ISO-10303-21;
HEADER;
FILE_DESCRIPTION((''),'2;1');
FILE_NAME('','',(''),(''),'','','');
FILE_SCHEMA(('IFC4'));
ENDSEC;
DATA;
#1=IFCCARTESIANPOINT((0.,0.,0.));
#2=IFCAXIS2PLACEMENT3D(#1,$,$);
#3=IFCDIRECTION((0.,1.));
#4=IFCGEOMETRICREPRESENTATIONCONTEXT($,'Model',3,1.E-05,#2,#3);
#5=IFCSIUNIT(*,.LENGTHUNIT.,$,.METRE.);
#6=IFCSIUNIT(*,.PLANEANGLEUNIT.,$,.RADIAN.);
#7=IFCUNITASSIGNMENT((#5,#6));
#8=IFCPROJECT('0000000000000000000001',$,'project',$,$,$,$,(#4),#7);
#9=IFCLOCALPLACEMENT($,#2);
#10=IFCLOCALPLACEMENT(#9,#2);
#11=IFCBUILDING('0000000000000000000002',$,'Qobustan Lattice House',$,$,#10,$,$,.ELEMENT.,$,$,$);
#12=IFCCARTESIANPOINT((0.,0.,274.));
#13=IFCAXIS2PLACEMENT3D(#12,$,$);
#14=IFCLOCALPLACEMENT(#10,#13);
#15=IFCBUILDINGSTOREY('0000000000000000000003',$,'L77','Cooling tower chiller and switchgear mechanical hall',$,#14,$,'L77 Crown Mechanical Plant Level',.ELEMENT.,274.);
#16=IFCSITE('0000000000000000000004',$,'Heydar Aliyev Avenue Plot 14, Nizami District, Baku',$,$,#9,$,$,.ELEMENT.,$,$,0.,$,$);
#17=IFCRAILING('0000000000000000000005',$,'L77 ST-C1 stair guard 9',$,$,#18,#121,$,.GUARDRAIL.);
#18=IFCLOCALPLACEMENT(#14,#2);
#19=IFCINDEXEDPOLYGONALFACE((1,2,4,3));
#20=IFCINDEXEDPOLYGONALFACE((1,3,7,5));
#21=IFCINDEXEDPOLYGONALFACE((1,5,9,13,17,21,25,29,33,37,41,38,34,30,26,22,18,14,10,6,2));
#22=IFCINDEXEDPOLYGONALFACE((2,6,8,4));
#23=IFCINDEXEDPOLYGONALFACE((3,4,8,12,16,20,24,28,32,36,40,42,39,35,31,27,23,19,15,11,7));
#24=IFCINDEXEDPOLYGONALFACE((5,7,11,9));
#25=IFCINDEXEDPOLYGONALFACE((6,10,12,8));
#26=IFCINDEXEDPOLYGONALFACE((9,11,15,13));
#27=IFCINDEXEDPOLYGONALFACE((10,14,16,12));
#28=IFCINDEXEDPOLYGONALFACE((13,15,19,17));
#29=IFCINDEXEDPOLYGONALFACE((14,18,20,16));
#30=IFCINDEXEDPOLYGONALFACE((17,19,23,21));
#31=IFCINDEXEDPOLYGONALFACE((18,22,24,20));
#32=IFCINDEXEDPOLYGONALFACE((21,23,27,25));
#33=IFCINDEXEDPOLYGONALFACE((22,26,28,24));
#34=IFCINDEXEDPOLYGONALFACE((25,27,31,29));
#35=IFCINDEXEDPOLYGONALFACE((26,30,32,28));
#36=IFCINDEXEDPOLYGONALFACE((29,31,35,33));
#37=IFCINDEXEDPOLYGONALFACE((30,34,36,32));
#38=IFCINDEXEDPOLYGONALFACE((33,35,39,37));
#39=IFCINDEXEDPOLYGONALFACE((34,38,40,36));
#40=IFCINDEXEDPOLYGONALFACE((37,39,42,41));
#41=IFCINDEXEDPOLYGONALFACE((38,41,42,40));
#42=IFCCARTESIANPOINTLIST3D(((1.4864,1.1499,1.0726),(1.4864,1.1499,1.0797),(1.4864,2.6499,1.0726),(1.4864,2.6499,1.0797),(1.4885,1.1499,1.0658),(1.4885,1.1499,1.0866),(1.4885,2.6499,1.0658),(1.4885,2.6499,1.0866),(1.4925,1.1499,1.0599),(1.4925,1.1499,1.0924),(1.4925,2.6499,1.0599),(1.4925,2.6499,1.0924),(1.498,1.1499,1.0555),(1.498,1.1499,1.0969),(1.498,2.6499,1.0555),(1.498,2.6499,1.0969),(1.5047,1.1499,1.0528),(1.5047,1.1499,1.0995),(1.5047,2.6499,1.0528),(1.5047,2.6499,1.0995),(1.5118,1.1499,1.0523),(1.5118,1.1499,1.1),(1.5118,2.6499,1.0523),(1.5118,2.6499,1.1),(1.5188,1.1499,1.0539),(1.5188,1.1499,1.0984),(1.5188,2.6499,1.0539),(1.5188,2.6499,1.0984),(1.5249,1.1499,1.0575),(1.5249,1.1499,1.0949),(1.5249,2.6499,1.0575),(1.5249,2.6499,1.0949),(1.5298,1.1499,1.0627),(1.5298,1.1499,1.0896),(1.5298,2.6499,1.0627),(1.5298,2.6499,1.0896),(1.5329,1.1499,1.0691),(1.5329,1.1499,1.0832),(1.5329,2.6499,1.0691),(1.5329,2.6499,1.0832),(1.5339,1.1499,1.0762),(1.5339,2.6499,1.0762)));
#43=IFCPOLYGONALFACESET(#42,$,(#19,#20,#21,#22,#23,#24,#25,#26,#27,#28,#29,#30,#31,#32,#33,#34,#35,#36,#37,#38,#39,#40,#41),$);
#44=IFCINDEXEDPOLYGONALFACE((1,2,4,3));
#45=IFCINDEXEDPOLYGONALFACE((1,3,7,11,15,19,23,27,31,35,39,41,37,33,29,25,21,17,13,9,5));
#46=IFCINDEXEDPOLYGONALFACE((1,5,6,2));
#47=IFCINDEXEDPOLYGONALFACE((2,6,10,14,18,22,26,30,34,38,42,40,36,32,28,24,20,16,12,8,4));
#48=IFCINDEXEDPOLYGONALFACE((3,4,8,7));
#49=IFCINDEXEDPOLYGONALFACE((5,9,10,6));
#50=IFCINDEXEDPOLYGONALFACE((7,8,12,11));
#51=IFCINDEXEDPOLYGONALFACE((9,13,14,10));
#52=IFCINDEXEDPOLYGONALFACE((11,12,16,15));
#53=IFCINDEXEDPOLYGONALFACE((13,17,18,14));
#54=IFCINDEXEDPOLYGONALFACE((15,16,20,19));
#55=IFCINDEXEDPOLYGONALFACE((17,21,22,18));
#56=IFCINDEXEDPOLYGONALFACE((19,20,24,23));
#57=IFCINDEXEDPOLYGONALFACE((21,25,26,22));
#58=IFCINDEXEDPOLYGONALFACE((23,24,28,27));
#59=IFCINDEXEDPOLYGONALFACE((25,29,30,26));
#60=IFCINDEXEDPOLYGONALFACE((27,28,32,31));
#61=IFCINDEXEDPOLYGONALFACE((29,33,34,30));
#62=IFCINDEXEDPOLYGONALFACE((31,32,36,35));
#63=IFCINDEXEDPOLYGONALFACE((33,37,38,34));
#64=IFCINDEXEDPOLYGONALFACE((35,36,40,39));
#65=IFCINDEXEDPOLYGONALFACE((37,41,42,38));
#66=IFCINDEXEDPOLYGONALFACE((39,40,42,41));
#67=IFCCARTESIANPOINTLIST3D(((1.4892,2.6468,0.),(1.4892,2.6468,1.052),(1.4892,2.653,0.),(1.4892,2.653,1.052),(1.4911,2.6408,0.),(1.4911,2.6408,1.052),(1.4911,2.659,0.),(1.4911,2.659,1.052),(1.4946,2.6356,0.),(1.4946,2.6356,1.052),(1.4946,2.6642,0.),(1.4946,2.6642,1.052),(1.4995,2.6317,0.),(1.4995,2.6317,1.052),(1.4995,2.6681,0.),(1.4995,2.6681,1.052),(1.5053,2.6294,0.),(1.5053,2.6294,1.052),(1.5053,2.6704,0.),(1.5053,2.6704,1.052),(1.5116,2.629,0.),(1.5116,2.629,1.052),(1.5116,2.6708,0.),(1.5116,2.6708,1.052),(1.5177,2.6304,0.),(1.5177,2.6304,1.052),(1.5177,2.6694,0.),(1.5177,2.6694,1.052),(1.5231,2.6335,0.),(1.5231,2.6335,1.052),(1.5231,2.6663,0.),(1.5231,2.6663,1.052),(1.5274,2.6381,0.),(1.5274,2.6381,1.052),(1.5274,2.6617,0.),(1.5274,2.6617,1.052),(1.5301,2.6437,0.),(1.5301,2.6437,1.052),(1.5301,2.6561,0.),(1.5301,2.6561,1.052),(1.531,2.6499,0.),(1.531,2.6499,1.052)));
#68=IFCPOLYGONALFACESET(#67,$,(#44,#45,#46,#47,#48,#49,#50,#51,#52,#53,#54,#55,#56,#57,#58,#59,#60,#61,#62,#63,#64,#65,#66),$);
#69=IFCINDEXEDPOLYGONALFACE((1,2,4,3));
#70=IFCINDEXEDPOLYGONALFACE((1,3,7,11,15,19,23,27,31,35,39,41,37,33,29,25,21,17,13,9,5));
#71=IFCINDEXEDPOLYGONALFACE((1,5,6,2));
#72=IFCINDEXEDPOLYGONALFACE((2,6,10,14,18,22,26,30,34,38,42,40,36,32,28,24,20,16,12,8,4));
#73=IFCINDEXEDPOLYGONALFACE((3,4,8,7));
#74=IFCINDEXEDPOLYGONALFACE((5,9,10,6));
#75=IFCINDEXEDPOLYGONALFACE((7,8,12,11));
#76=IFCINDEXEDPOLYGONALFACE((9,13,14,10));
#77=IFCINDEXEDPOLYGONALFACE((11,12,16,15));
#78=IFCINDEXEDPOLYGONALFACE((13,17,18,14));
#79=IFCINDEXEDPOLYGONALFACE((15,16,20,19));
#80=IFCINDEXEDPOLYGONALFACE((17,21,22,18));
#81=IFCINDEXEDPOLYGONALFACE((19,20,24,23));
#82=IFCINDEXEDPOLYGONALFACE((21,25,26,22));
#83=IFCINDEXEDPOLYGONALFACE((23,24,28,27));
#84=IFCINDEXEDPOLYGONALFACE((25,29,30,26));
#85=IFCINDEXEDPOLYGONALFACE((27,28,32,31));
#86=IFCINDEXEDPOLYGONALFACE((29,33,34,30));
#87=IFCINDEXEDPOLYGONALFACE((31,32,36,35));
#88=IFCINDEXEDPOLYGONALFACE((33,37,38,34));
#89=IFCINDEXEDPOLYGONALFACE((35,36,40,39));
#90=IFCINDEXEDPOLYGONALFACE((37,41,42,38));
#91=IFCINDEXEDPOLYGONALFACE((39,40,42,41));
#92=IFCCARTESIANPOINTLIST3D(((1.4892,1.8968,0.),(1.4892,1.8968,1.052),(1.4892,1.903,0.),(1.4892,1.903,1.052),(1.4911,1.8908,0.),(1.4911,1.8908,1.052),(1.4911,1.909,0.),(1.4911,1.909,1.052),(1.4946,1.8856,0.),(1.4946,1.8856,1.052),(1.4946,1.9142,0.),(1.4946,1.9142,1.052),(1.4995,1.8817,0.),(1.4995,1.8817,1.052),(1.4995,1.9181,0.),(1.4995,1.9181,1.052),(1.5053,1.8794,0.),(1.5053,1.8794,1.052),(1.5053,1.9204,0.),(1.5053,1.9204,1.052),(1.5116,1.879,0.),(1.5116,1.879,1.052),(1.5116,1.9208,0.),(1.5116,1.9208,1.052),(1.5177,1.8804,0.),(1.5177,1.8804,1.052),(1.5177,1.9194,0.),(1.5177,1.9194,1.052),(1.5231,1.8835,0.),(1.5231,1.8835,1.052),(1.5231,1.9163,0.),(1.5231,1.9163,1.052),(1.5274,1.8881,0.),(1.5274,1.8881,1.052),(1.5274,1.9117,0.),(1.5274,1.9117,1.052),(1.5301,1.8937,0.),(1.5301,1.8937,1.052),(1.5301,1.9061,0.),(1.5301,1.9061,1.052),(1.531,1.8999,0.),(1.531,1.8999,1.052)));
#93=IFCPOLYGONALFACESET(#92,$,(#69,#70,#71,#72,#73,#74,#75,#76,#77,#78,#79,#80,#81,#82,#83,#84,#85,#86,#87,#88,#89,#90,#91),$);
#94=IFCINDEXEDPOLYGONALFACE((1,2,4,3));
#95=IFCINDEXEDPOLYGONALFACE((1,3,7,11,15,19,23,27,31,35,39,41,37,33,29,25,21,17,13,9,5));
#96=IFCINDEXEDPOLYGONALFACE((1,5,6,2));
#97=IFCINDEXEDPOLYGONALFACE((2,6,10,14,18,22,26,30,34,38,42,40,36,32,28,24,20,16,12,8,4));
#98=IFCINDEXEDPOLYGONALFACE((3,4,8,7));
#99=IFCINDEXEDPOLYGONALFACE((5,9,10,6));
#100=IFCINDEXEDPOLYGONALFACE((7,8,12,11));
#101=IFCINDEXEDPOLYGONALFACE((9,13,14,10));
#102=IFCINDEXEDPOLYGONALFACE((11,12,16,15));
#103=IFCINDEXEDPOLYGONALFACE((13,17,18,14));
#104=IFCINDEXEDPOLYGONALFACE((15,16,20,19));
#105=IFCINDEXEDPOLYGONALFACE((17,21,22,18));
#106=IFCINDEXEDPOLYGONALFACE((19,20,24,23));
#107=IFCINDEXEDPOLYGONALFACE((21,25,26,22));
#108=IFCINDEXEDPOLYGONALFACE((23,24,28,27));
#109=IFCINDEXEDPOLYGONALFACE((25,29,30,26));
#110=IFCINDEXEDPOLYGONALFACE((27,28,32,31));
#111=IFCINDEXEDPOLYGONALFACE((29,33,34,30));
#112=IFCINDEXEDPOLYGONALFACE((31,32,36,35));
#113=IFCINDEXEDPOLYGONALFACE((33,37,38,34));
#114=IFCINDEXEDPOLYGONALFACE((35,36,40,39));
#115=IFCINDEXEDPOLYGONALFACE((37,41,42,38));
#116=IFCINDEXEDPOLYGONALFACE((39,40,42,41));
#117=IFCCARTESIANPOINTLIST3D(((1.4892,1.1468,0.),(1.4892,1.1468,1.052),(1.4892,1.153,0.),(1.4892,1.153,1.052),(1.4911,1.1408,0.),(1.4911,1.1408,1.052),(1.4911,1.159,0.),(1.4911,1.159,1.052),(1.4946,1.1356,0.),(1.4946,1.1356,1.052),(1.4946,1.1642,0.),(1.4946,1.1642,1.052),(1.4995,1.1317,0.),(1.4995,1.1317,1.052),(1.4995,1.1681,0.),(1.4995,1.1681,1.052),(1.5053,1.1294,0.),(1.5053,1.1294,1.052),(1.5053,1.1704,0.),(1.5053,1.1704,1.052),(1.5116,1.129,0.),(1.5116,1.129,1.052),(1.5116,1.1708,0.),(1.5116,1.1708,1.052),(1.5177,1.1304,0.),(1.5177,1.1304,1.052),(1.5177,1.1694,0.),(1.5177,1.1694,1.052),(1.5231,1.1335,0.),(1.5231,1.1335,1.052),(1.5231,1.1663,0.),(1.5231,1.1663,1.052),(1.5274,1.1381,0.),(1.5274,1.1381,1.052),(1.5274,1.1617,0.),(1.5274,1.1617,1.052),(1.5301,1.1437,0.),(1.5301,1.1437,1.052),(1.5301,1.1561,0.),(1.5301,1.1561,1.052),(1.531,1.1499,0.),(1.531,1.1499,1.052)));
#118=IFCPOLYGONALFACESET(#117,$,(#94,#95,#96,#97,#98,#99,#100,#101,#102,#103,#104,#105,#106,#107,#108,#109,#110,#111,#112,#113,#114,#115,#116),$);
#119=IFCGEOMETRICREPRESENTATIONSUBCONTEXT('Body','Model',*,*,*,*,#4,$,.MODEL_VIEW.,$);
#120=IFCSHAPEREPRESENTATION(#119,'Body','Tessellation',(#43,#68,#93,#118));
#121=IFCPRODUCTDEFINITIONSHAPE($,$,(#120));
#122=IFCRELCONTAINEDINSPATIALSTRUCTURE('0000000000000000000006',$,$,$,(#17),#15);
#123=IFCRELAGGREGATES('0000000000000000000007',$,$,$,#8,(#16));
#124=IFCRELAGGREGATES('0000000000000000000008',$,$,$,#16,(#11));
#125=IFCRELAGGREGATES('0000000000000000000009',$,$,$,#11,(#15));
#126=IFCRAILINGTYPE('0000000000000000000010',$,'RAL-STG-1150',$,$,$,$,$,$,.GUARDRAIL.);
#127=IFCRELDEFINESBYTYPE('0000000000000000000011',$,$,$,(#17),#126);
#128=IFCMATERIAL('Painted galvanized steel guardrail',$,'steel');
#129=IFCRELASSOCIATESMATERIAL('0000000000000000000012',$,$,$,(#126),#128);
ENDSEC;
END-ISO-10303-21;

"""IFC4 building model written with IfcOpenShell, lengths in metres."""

from ifc_helpers import new_model, si_unit, direction, frame, origin, origin_2d, place, context, subcontext, project, spatial, circle, extrude, material, type_object, element, save


model = new_model("IFC4")

# Units and contexts
model_context = context("Model", 3, precision=1e-05, world=origin(), true_north=direction((0.0, 1.0)))
body_context = subcontext(model_context, "Body", "Model", "MODEL_VIEW")
ifc_project = project(units=[si_unit("LENGTHUNIT", "METRE"), si_unit("PLANEANGLEUNIT", "RADIAN")], contexts=[model_context])

# Site, building, storey
site_placement = place(None, origin())
site = spatial("IfcSite", under=ifc_project, at=site_placement, Name="Heydar Aliyev Avenue Plot 14, Nizami District, Baku", CompositionType="ELEMENT", RefElevation=0.0)
building_placement = place(site_placement, origin())
building = spatial("IfcBuilding", under=site, at=building_placement, Name="Qobustan Lattice House", CompositionType="ELEMENT")
storey_placement = place(building_placement, frame((0.0, 0.0, 274.0)))
storey = spatial("IfcBuildingStorey", under=building, at=storey_placement, Name="L77", Description="Cooling tower chiller and switchgear mechanical hall", LongName="L77 Crown Mechanical Plant Level", CompositionType="ELEMENT", Elevation=274.0)

# Railing
ifc_material_1 = material(Name="Painted galvanized steel guardrail", Category="steel")
railing_type = type_object("IfcRailingType", Name="RAL-STG-1150", PredefinedType="GUARDRAIL", material=ifc_material_1)
railing_1_placement = place(storey_placement, frame((1.51, 2.6499, 0.0)))
element("IfcRailing", 1, at=railing_1_placement, inside=storey, type_object=railing_type, Name="L77 ST-C1 stair guard 9", PredefinedType="GUARDRAIL", context=body_context, shape_type="SweptSolid", body=[
    extrude(circle(Radius=0.0239, at=origin_2d()), frame((0.0, 0.0, 1.0762), z_axis=(0.0, -1.0, 0.0), x_axis=(1.0, 0.0, 0.0)), (0.0, 0.0, 1.0), 1.5),
    extrude(circle(Radius=0.021, at=origin_2d()), origin(), (0.0, 0.0, 1.0), 1.052),
    extrude(circle(Radius=0.021, at=origin_2d()), frame((0.0, -0.75, 0.0)), (0.0, 0.0, 1.0), 1.052),
    extrude(circle(Radius=0.021, at=origin_2d()), frame((0.0, -1.5, 0.0)), (0.0, 0.0, 1.0), 1.052),
])

save(model, "model.ifc")
